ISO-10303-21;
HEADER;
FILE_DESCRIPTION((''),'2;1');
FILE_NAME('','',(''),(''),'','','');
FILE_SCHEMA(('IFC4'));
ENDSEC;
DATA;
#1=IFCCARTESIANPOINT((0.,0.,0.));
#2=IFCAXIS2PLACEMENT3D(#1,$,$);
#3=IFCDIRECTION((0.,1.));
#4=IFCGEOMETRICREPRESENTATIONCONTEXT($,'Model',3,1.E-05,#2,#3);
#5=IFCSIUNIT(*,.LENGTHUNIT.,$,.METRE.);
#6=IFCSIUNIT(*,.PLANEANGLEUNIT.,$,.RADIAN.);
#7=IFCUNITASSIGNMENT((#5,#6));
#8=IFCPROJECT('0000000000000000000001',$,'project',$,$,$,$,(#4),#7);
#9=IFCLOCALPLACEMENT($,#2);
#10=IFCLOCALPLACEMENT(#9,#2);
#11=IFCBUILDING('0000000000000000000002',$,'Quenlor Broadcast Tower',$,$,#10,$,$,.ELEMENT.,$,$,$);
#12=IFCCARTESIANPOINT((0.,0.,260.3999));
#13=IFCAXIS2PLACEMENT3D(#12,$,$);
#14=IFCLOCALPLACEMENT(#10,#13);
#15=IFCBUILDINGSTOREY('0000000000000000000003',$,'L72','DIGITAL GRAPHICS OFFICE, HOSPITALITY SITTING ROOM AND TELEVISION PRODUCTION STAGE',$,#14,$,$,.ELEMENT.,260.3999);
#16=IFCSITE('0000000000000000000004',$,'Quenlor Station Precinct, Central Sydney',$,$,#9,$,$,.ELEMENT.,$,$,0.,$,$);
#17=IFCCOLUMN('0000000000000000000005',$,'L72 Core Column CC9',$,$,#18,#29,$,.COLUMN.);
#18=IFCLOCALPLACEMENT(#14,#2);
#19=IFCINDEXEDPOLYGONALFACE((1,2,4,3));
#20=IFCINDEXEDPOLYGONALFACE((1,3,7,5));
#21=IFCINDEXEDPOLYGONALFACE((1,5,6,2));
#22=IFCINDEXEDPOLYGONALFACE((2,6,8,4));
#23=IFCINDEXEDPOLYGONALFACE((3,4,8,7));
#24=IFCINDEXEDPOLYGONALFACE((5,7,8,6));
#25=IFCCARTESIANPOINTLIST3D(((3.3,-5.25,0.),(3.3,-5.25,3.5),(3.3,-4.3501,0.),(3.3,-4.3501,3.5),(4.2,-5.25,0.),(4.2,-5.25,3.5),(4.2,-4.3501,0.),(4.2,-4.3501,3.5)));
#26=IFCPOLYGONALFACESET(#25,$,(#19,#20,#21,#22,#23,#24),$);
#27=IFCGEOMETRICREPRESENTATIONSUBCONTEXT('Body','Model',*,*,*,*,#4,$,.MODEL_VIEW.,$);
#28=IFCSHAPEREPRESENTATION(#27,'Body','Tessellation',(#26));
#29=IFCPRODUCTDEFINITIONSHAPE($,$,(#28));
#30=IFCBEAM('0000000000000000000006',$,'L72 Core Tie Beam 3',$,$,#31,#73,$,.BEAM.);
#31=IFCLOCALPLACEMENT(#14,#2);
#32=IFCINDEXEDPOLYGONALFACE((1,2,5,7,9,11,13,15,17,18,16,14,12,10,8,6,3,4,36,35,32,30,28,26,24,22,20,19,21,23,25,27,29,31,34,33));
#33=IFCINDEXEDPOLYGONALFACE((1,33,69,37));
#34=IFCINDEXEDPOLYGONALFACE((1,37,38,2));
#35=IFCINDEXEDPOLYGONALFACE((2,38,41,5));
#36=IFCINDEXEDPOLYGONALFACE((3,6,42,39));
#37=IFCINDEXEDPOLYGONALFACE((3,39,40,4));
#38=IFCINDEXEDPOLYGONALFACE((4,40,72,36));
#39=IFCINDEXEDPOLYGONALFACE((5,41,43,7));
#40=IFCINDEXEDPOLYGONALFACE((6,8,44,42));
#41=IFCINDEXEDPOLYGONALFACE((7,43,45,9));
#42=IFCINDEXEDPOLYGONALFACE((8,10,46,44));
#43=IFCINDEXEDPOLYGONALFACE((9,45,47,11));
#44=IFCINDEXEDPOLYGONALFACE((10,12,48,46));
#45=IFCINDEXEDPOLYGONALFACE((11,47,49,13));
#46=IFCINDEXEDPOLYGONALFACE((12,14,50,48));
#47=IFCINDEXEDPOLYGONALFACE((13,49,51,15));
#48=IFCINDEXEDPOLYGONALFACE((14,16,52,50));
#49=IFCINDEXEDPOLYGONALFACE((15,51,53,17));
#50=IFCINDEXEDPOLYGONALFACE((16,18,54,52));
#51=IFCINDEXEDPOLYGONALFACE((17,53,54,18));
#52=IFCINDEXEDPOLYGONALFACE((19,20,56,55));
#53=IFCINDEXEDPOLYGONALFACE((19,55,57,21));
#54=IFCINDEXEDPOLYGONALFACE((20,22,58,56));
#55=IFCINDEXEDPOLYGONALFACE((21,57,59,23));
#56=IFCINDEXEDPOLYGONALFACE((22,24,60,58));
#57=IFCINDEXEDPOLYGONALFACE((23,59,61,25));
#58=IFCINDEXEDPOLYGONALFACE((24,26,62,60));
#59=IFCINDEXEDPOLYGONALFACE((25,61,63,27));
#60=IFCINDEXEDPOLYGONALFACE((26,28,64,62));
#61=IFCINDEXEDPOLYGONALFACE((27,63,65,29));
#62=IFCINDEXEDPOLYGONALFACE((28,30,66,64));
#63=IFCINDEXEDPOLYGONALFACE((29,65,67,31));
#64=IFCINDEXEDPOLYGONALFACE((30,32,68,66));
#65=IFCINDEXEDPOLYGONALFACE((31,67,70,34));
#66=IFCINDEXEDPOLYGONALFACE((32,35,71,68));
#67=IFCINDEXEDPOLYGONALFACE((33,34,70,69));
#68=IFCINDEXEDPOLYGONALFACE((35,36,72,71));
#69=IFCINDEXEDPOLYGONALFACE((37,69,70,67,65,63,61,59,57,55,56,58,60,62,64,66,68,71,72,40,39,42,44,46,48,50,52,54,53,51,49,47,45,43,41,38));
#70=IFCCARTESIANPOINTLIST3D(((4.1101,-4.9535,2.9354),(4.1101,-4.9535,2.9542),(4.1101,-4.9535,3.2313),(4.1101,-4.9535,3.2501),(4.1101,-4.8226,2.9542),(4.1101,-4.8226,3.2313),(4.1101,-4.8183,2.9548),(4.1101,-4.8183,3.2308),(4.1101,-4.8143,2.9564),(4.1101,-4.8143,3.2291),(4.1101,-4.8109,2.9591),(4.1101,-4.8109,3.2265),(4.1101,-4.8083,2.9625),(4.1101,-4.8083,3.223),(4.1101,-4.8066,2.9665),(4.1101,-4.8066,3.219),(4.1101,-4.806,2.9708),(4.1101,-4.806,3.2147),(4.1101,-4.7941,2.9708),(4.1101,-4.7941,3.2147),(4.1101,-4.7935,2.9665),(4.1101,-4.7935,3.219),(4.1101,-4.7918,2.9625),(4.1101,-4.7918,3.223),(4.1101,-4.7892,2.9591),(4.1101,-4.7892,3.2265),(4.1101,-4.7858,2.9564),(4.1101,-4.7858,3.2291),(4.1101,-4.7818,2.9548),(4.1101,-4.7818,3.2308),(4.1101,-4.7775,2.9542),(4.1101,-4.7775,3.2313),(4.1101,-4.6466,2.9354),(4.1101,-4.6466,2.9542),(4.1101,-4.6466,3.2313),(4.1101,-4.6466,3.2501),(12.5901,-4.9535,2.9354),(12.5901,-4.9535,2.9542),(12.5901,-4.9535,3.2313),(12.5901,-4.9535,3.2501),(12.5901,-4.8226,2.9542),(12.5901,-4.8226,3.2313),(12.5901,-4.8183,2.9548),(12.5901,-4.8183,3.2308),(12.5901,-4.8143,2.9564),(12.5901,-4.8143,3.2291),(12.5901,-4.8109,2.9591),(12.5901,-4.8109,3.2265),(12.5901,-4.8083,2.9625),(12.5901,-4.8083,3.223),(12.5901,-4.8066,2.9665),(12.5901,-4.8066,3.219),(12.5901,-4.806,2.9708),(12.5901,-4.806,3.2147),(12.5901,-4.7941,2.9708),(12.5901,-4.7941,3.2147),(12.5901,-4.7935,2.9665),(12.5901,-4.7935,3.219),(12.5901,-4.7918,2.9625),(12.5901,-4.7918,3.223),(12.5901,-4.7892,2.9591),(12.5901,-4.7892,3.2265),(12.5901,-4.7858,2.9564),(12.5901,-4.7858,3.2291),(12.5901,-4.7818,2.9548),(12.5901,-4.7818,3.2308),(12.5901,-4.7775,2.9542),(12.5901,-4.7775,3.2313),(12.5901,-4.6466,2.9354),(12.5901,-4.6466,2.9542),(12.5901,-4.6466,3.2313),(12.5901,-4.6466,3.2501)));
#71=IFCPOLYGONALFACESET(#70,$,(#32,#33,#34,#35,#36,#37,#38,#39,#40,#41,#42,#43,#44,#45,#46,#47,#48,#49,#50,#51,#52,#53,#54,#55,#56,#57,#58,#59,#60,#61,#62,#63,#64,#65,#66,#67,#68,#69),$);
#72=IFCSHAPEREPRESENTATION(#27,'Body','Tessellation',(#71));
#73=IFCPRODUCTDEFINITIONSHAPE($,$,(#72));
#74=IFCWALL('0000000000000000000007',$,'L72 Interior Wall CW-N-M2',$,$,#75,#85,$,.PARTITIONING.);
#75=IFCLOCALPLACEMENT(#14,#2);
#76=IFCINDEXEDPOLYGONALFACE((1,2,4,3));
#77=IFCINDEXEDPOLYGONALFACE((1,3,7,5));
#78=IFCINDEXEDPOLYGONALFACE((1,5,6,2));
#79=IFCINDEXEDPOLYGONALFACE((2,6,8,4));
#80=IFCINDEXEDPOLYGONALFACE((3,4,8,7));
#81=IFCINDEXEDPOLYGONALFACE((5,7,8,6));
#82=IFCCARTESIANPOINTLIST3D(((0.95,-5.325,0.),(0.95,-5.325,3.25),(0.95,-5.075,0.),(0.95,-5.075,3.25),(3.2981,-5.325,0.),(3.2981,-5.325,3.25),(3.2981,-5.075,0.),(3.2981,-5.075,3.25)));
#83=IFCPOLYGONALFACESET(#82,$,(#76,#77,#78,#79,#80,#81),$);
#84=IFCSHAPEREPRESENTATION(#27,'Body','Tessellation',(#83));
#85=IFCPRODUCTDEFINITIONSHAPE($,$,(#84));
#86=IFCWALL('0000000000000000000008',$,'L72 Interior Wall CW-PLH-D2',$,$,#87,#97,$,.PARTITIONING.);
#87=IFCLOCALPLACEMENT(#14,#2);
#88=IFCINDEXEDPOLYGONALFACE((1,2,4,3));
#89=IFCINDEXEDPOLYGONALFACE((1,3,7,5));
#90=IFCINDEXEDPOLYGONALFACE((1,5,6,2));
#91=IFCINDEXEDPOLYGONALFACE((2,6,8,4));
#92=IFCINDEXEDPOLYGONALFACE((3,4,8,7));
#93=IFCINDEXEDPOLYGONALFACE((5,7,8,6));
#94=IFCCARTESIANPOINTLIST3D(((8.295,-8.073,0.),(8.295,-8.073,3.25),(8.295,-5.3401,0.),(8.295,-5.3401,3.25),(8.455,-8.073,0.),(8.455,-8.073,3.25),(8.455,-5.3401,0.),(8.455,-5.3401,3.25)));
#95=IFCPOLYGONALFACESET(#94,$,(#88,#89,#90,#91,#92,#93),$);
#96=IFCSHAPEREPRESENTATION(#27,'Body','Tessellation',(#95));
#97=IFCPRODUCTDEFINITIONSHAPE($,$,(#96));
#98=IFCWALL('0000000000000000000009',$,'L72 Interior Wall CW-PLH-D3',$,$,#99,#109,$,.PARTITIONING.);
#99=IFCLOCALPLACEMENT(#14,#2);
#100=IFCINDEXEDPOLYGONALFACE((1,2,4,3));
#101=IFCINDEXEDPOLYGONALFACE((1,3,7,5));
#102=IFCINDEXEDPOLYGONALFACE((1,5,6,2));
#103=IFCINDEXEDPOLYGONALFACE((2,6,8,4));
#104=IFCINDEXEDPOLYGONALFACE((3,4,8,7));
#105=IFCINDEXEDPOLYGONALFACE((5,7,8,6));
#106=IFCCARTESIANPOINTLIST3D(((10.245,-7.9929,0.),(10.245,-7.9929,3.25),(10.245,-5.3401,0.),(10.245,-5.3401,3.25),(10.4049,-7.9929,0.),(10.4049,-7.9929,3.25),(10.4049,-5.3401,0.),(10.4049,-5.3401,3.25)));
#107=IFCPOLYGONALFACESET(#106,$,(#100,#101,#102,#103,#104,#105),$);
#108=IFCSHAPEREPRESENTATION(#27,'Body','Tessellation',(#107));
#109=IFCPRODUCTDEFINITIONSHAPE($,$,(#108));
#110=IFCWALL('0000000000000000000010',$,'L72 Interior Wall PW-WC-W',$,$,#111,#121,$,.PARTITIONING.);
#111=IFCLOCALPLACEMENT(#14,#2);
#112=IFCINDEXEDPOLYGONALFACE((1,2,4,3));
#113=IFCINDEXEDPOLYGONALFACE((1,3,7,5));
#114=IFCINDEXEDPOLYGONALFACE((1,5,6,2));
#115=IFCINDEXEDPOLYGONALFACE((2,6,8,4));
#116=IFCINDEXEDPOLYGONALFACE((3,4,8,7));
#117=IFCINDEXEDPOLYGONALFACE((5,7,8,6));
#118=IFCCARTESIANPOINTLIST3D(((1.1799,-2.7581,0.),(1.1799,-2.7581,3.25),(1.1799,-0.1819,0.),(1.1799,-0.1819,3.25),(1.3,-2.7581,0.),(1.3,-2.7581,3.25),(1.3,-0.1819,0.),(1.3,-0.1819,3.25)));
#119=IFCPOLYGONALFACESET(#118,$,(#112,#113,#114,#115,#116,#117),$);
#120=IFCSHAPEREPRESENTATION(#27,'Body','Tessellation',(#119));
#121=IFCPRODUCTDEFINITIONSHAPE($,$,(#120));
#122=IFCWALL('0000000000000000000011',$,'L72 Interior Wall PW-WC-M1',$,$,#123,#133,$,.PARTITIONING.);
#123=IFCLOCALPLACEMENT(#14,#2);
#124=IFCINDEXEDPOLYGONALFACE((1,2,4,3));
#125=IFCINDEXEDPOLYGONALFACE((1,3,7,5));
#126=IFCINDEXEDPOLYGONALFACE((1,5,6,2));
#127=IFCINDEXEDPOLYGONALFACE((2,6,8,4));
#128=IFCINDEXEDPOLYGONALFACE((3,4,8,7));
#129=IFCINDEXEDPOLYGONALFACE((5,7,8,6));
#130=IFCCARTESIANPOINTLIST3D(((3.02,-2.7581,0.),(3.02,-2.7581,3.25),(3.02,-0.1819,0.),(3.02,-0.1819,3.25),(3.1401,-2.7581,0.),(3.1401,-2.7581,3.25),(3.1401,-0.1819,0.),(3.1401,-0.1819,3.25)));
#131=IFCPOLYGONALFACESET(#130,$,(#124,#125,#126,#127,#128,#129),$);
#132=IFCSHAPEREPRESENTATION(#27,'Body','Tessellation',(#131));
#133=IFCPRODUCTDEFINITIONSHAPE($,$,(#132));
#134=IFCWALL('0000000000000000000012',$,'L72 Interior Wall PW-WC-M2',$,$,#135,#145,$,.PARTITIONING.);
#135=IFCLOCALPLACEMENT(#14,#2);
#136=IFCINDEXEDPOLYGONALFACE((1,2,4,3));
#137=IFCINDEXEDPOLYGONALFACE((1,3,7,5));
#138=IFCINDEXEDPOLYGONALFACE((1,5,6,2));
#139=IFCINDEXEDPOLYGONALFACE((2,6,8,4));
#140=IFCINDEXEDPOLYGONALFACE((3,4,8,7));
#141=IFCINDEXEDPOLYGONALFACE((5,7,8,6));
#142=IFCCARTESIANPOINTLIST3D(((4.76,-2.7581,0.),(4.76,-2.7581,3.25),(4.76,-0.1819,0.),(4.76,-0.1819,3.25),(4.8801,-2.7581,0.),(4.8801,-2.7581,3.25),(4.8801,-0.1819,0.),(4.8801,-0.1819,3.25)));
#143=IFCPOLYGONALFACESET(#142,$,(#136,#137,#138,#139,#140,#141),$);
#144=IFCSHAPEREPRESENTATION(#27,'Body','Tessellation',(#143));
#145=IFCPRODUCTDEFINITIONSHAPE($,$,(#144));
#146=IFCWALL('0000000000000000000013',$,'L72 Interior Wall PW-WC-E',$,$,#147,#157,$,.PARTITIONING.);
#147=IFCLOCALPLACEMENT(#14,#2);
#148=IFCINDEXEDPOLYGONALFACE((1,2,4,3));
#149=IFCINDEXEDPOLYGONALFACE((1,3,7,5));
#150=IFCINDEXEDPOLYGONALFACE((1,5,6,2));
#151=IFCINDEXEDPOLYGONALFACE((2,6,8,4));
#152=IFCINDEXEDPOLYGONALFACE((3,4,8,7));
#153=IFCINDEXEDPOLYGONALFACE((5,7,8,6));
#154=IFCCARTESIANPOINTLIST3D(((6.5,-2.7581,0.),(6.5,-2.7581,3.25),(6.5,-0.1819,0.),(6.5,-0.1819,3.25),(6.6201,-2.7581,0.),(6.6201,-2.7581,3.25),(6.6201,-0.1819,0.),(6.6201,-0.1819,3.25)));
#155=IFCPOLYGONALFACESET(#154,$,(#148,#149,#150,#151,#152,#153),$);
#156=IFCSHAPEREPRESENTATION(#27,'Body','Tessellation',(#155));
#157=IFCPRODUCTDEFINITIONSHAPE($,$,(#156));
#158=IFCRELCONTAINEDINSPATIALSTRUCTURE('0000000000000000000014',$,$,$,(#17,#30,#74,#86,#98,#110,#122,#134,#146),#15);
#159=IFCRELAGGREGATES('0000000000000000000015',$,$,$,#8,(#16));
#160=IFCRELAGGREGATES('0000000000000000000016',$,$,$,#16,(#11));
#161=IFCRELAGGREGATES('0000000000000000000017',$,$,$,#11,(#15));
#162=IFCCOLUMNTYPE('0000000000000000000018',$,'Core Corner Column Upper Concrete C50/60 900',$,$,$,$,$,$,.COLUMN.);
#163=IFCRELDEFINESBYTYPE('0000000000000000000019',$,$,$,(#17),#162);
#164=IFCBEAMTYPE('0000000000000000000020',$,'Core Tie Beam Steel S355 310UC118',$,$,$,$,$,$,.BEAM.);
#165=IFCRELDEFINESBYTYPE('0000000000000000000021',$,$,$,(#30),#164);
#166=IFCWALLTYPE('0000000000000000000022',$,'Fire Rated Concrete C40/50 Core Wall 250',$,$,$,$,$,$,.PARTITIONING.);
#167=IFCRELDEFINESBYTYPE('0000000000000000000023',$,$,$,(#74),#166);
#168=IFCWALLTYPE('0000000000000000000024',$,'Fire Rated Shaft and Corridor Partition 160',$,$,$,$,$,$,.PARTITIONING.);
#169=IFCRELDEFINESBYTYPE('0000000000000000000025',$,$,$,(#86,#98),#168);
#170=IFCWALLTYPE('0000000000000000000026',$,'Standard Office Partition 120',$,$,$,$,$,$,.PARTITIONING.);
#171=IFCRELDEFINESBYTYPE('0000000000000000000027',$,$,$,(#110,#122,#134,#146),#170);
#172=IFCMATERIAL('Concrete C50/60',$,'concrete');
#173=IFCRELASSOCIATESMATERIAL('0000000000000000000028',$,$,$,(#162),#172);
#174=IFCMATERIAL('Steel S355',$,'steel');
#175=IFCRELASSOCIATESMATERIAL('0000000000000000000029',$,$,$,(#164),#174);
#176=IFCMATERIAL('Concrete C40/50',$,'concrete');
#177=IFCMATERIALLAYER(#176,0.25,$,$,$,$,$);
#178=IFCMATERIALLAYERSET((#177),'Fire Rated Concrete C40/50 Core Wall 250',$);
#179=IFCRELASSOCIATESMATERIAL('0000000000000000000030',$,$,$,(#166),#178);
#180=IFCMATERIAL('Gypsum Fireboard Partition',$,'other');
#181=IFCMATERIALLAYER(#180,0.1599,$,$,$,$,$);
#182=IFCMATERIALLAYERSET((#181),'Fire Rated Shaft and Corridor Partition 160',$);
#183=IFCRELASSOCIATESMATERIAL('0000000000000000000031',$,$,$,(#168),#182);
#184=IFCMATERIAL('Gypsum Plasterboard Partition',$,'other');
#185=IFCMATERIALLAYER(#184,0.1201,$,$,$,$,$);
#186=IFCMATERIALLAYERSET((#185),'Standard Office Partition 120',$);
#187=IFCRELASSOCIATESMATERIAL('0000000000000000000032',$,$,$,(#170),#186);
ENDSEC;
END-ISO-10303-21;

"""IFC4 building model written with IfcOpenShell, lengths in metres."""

from ifc_helpers import new_model, si_unit, direction, frame, frame_2d, origin, origin_2d, place, context, subcontext, project, spatial, rectangle, i_section, extrude, material, layer, layer_set, material_profile, profile_set, type_object, element, save


model = new_model("IFC4")

# Units and contexts
model_context = context("Model", 3, precision=1e-05, world=origin(), true_north=direction((0.0, 1.0)))
body_context = subcontext(model_context, "Body", "Model", "MODEL_VIEW")
ifc_project = project(units=[si_unit("LENGTHUNIT", "METRE"), si_unit("PLANEANGLEUNIT", "RADIAN")], contexts=[model_context])

# Site, building, storey
site_placement = place(None, origin())
site = spatial("IfcSite", under=ifc_project, at=site_placement, Name="Quenlor Station Precinct, Central Sydney", CompositionType="ELEMENT", RefElevation=0.0)
building_placement = place(site_placement, origin())
building = spatial("IfcBuilding", under=site, at=building_placement, Name="Quenlor Broadcast Tower", CompositionType="ELEMENT")
storey_placement = place(building_placement, frame((0.0, 0.0, 260.3999)))
storey = spatial("IfcBuildingStorey", under=building, at=storey_placement, Name="L72", Description="DIGITAL GRAPHICS OFFICE, HOSPITALITY SITTING ROOM AND TELEVISION PRODUCTION STAGE", CompositionType="ELEMENT", Elevation=260.3999)

# Column
ifc_material_1 = material(Name="Concrete C50/60", Category="concrete")
ifc_material_profile_1 = material_profile(ifc_material_1, rectangle(XDim=0.8999, YDim=0.8999, at=origin_2d()))
ifc_profile_set_1 = profile_set([ifc_material_profile_1], Name="Concrete C50/60 RC900x900")
column_type = type_object("IfcColumnType", Name="Core Corner Column Upper Concrete C50/60 900", PredefinedType="COLUMN", material=ifc_profile_set_1)
column_placement = place(storey_placement, frame((3.75, -4.8, 0.0), z_axis=(0.0, 0.0, 1.0), x_axis=(1.0, 0.0, 0.0)))
element("IfcColumn", 1, at=column_placement, inside=storey, type_object=column_type, Name="L72 Core Column CC9", PredefinedType="COLUMN", context=body_context, shape_type="SweptSolid", body=[
    extrude(rectangle(XDim=0.8999, YDim=0.8999, at=origin_2d()), origin(), (0.0, 0.0, 1.0), 3.5),
])

# Beam
ifc_material_2 = material(Name="Steel S355", Category="steel")
ifc_material_profile_2 = material_profile(ifc_material_2, i_section(OverallWidth=0.3069, OverallDepth=0.3147, WebThickness=0.012, FlangeThickness=0.0188, FilletRadius=0.0166, at=origin_2d()))
ifc_profile_set_2 = profile_set([ifc_material_profile_2], Name="Steel S355 310UC118")
beam_type = type_object("IfcBeamType", Name="Core Tie Beam Steel S355 310UC118", PredefinedType="BEAM", material=ifc_profile_set_2)
beam_placement = place(storey_placement, frame((4.1101, -4.8, 3.0928), z_axis=(1.0, 0.0, 0.0), x_axis=(0.0, 1.0, 0.0)))
element("IfcBeam", 2, at=beam_placement, inside=storey, type_object=beam_type, Name="L72 Core Tie Beam 3", PredefinedType="BEAM", context=body_context, shape_type="SweptSolid", body=[
    extrude(i_section(OverallWidth=0.3069, OverallDepth=0.3147, WebThickness=0.012, FlangeThickness=0.0188, FilletRadius=0.0166, at=origin_2d()), origin(), (0.0, 0.0, 1.0), 8.48),
])

# Shared definitions
ifc_material_3 = material(Name="Concrete C40/50", Category="concrete")
ifc_layer_1 = layer(ifc_material_3, 0.25)
ifc_layer_set_1 = layer_set([ifc_layer_1], Name="Fire Rated Concrete C40/50 Core Wall 250")
wall_type_1 = type_object("IfcWallType", Name="Fire Rated Concrete C40/50 Core Wall 250", PredefinedType="PARTITIONING", material=ifc_layer_set_1)

# Walls
wall_1_placement = place(storey_placement, frame((0.95, -5.2, 0.0), z_axis=(0.0, 0.0, 1.0), x_axis=(1.0, 0.0, 0.0)))
element("IfcWall", 3, at=wall_1_placement, inside=storey, type_object=wall_type_1, Name="L72 Interior Wall CW-N-M2", PredefinedType="PARTITIONING", context=body_context, shape_type="SweptSolid", body=[
    extrude(rectangle(XDim=2.3481, YDim=0.25, at=frame_2d((1.1741, 0.0))), origin(), (0.0, 0.0, 1.0), 3.25),
])
ifc_material_4 = material(Name="Gypsum Fireboard Partition", Category="other")
ifc_layer_2 = layer(ifc_material_4, 0.1599)
ifc_layer_set_2 = layer_set([ifc_layer_2], Name="Fire Rated Shaft and Corridor Partition 160")
wall_type_2 = type_object("IfcWallType", Name="Fire Rated Shaft and Corridor Partition 160", PredefinedType="PARTITIONING", material=ifc_layer_set_2)
wall_2_placement = place(storey_placement, frame((8.375, -8.073, 0.0), z_axis=(0.0, 0.0, 1.0), x_axis=(0.0, 1.0, 0.0)))
element("IfcWall", 4, at=wall_2_placement, inside=storey, type_object=wall_type_2, Name="L72 Interior Wall CW-PLH-D2", PredefinedType="PARTITIONING", context=body_context, shape_type="SweptSolid", body=[
    extrude(rectangle(XDim=2.7329, YDim=0.1599, at=frame_2d((1.3665, 0.0))), origin(), (0.0, 0.0, 1.0), 3.25),
])
wall_3_placement = place(storey_placement, frame((10.325, -7.9929, 0.0), z_axis=(0.0, 0.0, 1.0), x_axis=(0.0, 1.0, 0.0)))
element("IfcWall", 5, at=wall_3_placement, inside=storey, type_object=wall_type_2, Name="L72 Interior Wall CW-PLH-D3", PredefinedType="PARTITIONING", context=body_context, shape_type="SweptSolid", body=[
    extrude(rectangle(XDim=2.6528, YDim=0.1599, at=frame_2d((1.3264, 0.0))), origin(), (0.0, 0.0, 1.0), 3.25),
])

# Shared definitions
ifc_material_5 = material(Name="Gypsum Plasterboard Partition", Category="other")
ifc_layer_3 = layer(ifc_material_5, 0.1201)
ifc_layer_set_3 = layer_set([ifc_layer_3], Name="Standard Office Partition 120")
wall_type_3 = type_object("IfcWallType", Name="Standard Office Partition 120", PredefinedType="PARTITIONING", material=ifc_layer_set_3)

# Walls
for number, where, z_axis, x_axis, name in (
    (6, (1.24, -2.7581, 0.0), (0.0, 0.0, 1.0), (0.0, 1.0, 0.0), "L72 Interior Wall PW-WC-W"),
    (7, (3.0801, -2.7581, 0.0), (0.0, 0.0, 1.0), (0.0, 1.0, 0.0), "L72 Interior Wall PW-WC-M1"),
    (8, (4.8201, -2.7581, 0.0), (0.0, 0.0, 1.0), (0.0, 1.0, 0.0), "L72 Interior Wall PW-WC-M2"),
    (9, (6.5601, -2.7581, 0.0), (0.0, 0.0, 1.0), (0.0, 1.0, 0.0), "L72 Interior Wall PW-WC-E"),
):
    element("IfcWall", number, at=place(storey_placement, frame(where, z_axis=z_axis, x_axis=x_axis)), inside=storey, type_object=wall_type_3, Name=name, PredefinedType="PARTITIONING", context=body_context, shape_type="SweptSolid", body=[
        extrude(rectangle(XDim=2.5762, YDim=0.1201, at=frame_2d((1.2881, 0.0))), origin(), (0.0, 0.0, 1.0), 3.25),
    ])

save(model, "model.ifc")
